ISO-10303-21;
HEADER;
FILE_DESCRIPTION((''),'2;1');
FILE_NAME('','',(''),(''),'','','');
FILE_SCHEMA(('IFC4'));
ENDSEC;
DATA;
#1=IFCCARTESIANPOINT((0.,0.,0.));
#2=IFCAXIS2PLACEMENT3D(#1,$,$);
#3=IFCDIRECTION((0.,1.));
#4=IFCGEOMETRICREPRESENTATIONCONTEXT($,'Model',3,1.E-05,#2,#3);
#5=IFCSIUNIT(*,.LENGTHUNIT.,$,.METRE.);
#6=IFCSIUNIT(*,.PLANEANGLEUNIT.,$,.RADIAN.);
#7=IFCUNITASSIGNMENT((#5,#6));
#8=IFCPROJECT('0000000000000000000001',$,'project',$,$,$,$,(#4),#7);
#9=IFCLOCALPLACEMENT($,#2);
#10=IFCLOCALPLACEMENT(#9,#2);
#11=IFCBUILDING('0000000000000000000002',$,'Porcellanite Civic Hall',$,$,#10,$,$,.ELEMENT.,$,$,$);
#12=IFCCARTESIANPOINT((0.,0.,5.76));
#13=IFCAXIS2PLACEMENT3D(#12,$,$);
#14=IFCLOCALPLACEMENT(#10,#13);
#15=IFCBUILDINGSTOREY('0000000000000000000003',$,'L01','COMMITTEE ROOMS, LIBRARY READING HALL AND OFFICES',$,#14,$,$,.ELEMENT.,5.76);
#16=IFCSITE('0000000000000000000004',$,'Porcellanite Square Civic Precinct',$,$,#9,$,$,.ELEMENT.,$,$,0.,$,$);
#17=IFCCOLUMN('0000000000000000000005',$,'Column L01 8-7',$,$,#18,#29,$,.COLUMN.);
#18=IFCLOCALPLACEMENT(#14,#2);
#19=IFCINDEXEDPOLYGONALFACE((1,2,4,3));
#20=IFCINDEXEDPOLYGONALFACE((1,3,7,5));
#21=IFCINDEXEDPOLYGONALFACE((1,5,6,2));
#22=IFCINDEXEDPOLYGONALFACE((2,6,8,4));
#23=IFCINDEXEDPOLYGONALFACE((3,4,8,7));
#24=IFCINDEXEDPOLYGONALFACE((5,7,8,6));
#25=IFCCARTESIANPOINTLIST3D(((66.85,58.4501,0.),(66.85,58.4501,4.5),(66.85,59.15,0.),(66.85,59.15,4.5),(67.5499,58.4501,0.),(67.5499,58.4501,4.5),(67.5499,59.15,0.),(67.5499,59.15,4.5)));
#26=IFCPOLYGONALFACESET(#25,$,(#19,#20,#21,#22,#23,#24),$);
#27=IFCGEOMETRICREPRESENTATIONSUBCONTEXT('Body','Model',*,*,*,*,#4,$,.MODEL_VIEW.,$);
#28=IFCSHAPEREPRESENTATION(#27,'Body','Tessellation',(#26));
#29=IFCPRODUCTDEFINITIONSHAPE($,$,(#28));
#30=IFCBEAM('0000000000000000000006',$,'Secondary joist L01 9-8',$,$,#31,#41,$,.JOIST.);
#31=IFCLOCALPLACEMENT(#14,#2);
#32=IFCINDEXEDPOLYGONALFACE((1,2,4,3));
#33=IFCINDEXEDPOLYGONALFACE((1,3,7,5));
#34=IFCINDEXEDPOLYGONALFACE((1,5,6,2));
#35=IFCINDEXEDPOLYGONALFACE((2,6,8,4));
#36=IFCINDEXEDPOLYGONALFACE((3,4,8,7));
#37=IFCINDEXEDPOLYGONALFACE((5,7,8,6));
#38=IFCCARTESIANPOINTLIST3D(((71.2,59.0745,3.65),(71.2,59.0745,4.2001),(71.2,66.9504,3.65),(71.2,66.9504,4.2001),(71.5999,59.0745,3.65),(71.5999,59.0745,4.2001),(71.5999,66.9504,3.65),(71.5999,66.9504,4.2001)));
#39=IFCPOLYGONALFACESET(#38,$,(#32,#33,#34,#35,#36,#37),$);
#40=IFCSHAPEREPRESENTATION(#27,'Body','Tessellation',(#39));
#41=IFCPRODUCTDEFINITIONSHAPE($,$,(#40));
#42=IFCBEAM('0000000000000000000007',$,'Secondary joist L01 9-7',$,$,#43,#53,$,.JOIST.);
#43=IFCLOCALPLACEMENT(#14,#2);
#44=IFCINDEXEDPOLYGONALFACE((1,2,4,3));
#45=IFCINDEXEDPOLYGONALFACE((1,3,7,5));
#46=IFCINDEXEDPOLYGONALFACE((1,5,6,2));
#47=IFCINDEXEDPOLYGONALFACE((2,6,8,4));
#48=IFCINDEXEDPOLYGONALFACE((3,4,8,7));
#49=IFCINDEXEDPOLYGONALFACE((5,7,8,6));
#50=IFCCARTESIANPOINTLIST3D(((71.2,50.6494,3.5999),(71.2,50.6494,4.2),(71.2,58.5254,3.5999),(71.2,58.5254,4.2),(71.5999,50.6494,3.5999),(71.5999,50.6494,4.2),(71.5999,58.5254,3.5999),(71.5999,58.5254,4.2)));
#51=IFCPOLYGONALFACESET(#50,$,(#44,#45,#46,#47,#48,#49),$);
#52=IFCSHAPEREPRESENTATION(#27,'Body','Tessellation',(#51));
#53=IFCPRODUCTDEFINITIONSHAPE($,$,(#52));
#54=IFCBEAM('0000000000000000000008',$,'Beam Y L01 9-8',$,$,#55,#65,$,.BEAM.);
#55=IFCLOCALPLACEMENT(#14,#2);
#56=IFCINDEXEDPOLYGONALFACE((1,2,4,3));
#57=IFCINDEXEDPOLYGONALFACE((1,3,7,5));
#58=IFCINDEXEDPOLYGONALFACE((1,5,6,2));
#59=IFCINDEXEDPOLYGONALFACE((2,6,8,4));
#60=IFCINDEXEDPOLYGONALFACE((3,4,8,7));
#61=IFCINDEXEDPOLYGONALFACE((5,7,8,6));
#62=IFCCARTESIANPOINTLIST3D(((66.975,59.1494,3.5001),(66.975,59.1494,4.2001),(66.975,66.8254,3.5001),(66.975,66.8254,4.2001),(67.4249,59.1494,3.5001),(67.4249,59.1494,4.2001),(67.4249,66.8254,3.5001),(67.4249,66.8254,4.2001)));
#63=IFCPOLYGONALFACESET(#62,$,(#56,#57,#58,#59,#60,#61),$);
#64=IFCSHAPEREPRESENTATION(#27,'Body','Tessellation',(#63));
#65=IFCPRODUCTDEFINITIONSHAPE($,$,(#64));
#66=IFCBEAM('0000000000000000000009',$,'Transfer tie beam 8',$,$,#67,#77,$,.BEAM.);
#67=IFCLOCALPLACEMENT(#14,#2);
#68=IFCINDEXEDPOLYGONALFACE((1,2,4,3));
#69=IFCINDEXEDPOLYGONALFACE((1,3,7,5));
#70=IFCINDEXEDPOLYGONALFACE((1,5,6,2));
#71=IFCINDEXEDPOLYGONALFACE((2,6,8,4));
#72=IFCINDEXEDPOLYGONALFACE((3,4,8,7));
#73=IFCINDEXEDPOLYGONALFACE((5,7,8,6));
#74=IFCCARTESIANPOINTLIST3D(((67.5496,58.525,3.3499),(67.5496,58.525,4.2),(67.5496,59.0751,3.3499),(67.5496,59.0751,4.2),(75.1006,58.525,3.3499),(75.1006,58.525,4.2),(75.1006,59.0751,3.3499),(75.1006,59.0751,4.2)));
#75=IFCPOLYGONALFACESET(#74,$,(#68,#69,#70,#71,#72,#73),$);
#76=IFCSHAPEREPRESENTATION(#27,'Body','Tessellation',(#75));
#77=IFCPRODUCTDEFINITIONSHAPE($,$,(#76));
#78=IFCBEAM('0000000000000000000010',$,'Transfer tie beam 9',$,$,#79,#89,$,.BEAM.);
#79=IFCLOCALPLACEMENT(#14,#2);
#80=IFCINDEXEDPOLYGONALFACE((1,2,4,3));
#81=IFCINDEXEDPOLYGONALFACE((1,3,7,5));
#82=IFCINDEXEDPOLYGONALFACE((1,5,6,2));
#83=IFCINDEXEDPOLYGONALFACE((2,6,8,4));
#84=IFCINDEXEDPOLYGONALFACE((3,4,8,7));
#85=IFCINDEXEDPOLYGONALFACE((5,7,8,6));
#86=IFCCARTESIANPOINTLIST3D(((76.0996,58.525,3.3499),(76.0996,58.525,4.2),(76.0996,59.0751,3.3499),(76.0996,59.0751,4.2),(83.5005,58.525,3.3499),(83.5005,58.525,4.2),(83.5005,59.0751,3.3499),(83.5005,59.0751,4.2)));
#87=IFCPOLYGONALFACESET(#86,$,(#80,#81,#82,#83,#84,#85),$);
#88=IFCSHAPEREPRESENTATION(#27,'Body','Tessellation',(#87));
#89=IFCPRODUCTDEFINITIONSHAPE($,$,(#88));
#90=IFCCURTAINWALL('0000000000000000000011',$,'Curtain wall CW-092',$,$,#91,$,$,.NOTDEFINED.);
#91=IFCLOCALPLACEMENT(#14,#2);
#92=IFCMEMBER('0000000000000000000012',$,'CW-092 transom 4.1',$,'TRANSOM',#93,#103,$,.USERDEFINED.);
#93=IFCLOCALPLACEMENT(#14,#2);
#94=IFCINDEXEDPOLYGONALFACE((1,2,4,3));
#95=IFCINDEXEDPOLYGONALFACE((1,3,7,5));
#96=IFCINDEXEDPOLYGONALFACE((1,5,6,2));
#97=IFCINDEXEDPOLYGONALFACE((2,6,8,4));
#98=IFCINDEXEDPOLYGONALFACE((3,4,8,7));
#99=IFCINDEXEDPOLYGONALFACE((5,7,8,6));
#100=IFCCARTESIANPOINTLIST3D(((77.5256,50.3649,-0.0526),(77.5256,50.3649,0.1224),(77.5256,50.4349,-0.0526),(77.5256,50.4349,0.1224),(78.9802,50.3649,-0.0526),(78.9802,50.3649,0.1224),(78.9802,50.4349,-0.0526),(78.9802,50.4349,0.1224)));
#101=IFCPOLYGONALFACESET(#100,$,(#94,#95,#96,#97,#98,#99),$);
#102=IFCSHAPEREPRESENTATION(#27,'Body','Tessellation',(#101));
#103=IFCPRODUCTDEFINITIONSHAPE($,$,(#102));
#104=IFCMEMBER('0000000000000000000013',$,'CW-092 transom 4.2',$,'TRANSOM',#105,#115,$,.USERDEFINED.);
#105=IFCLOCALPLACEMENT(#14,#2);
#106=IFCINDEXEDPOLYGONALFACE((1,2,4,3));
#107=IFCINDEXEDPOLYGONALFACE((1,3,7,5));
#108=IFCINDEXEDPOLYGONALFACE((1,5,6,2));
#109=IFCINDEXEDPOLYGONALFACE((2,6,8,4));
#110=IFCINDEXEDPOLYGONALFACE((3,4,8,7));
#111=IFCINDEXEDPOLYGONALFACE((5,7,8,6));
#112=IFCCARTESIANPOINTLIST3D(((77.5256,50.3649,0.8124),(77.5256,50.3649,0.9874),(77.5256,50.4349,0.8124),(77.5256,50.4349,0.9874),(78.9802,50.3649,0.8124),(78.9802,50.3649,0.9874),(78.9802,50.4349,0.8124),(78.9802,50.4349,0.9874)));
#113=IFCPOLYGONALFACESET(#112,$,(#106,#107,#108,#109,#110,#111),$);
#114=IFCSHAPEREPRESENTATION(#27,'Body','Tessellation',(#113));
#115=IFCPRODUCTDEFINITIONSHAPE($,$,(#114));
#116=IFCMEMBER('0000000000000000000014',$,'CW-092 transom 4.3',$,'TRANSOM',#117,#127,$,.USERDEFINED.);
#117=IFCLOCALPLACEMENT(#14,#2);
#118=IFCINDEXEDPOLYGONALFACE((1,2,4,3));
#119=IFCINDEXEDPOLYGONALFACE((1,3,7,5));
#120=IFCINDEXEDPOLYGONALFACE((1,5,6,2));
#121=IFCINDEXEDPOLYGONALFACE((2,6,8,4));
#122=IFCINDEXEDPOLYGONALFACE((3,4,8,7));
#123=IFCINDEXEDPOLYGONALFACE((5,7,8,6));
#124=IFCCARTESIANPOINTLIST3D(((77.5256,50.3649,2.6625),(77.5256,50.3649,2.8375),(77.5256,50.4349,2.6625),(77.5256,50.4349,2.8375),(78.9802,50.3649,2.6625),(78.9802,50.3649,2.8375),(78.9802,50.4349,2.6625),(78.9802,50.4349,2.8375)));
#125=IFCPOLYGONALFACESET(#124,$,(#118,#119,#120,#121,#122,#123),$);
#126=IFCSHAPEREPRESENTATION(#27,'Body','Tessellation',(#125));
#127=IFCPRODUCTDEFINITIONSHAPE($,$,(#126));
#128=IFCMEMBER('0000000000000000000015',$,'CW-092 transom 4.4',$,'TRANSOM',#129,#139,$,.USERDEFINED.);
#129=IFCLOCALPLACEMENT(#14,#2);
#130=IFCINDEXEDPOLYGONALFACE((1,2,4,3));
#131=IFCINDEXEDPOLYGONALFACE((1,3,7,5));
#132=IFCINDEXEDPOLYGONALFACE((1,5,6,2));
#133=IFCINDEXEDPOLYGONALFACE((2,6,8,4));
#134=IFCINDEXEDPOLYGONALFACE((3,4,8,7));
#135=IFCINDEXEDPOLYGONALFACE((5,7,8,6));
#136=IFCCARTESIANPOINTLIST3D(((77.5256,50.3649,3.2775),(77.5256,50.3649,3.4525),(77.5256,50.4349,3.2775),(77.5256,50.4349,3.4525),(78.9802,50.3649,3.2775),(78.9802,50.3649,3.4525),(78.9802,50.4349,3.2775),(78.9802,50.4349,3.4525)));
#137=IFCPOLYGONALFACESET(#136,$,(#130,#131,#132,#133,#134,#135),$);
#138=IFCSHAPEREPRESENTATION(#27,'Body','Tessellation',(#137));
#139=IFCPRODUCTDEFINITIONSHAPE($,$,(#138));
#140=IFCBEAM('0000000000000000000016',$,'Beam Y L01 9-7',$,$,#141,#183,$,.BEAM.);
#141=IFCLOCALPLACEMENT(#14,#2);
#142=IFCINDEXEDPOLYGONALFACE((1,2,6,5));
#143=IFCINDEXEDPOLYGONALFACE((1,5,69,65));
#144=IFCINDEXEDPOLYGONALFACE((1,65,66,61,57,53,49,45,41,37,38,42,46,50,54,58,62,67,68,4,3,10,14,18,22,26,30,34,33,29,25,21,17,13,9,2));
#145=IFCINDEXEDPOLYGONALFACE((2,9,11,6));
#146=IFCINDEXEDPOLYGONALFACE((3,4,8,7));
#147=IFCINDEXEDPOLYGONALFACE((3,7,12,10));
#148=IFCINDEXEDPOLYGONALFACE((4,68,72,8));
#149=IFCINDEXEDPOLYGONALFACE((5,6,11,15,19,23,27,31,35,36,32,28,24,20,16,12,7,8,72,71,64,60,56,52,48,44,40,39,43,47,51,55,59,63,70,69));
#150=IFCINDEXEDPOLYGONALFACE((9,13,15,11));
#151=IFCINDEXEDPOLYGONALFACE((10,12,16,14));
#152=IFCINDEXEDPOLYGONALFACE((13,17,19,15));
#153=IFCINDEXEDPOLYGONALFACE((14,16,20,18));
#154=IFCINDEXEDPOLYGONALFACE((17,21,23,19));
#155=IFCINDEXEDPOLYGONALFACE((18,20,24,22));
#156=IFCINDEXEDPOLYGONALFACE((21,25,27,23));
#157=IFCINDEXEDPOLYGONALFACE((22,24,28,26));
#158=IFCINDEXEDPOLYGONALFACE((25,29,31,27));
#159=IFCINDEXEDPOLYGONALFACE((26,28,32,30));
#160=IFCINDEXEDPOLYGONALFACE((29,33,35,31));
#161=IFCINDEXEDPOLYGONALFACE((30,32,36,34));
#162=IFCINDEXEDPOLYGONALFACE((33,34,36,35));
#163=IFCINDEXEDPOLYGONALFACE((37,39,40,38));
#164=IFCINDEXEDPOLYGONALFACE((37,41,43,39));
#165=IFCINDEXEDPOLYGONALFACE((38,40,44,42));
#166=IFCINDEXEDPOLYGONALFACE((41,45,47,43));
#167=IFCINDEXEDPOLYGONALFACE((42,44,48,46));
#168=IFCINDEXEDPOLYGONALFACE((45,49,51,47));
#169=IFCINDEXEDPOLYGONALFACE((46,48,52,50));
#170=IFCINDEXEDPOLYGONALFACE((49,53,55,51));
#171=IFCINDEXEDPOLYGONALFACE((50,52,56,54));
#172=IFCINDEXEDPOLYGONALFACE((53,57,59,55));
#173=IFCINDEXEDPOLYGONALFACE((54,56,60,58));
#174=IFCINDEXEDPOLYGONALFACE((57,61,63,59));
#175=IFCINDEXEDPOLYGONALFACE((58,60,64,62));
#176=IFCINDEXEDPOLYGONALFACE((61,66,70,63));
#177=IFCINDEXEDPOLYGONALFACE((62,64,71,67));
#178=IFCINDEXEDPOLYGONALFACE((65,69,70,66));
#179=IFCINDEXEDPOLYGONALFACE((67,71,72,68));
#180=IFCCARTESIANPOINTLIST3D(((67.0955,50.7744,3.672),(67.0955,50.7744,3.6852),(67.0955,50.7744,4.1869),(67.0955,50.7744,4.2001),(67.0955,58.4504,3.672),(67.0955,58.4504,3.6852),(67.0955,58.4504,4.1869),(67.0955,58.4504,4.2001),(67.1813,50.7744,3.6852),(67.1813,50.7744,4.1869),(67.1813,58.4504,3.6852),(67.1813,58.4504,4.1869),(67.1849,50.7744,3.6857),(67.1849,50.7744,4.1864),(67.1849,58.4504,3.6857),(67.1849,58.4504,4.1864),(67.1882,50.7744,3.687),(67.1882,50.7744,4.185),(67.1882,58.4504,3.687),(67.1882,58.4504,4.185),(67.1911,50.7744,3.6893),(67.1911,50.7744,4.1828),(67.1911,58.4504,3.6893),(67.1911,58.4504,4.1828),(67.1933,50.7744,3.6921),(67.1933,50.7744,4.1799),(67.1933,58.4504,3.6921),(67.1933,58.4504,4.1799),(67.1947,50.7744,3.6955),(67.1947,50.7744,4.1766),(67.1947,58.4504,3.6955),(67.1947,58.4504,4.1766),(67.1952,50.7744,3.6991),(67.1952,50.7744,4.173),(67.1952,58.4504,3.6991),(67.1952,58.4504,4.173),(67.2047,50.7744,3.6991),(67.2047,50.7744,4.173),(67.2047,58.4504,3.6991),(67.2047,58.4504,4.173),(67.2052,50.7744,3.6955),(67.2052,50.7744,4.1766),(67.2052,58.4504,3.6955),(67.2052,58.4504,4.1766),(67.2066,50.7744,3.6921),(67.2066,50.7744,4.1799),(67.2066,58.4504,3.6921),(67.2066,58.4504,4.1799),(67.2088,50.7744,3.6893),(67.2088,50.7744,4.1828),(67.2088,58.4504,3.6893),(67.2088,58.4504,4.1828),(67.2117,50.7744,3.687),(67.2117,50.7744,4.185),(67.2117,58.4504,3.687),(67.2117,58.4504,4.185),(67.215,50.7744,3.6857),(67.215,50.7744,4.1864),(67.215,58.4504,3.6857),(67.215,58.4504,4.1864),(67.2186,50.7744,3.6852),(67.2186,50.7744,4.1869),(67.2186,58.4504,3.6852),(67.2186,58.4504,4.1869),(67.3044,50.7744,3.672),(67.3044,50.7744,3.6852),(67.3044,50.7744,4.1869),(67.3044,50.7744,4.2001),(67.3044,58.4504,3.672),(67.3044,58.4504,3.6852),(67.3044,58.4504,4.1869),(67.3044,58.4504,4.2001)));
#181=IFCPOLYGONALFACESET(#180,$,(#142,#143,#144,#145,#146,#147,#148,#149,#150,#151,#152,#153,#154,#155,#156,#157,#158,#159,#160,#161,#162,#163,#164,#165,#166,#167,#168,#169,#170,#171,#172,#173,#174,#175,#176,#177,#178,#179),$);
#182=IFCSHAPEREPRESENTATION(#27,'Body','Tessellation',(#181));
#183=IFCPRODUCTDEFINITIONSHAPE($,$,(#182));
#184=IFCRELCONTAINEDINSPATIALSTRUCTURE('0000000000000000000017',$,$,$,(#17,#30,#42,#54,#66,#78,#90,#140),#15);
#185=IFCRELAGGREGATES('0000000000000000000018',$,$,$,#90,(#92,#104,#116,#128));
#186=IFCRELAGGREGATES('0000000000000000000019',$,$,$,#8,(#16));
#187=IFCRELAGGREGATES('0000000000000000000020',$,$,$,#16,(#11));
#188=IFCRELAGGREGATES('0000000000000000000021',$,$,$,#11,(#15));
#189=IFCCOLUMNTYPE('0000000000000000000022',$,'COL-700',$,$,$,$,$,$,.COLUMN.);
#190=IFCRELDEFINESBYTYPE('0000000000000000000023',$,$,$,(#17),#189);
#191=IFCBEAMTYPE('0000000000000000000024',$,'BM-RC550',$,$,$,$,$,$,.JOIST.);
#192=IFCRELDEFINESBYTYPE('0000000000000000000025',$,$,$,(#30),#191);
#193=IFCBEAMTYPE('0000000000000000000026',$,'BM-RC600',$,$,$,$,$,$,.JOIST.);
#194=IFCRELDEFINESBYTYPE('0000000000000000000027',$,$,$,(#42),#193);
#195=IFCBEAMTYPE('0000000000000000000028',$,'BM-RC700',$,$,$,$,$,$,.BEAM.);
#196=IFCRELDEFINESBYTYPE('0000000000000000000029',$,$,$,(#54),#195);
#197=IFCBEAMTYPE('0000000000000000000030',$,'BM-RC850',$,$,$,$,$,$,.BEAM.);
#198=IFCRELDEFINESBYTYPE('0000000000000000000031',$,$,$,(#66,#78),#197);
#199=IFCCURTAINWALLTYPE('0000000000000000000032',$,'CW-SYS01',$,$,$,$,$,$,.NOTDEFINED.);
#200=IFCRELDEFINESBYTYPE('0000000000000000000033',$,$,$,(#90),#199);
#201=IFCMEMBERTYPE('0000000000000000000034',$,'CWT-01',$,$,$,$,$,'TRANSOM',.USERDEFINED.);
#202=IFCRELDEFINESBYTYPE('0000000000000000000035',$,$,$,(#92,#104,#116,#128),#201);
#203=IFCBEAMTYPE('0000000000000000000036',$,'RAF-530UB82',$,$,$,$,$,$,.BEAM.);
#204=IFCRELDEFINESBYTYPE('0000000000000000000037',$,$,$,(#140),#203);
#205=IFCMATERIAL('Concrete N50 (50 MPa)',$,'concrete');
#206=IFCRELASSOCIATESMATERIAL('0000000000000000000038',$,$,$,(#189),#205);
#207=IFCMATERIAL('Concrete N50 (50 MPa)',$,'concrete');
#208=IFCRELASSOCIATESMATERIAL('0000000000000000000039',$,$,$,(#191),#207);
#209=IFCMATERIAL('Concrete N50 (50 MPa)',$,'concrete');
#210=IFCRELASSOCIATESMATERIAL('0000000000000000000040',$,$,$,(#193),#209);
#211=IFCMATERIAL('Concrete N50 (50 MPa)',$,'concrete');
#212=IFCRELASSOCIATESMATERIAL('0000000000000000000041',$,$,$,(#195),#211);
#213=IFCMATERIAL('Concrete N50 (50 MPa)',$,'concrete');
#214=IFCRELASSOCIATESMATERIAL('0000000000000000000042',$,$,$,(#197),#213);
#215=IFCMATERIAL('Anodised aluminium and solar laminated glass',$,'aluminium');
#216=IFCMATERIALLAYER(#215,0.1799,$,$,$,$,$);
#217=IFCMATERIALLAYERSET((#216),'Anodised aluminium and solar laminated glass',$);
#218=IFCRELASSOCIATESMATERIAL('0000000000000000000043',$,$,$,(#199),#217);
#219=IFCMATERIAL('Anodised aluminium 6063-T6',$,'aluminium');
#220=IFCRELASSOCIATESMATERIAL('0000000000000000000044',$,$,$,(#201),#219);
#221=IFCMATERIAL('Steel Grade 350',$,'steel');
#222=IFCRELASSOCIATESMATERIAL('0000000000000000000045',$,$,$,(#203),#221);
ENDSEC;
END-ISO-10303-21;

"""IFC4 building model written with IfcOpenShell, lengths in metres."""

from ifc_helpers import new_model, si_unit, direction, frame, origin, origin_2d, place, context, subcontext, project, spatial, rectangle, i_section, extrude, material, layer, layer_set, material_profile, profile_set, type_object, element, aggregate, save


model = new_model("IFC4")

# Units and contexts
model_context = context("Model", 3, precision=1e-05, world=origin(), true_north=direction((0.0, 1.0)))
body_context = subcontext(model_context, "Body", "Model", "MODEL_VIEW")
ifc_project = project(units=[si_unit("LENGTHUNIT", "METRE"), si_unit("PLANEANGLEUNIT", "RADIAN")], contexts=[model_context])

# Site, building, storey
site_placement = place(None, origin())
site = spatial("IfcSite", under=ifc_project, at=site_placement, Name="Porcellanite Square Civic Precinct", CompositionType="ELEMENT", RefElevation=0.0)
building_placement = place(site_placement, origin())
building = spatial("IfcBuilding", under=site, at=building_placement, Name="Porcellanite Civic Hall", CompositionType="ELEMENT")
storey_placement = place(building_placement, frame((0.0, 0.0, 5.76)))
storey = spatial("IfcBuildingStorey", under=building, at=storey_placement, Name="L01", Description="COMMITTEE ROOMS, LIBRARY READING HALL AND OFFICES", CompositionType="ELEMENT", Elevation=5.76)

# Column
ifc_material_1 = material(Name="Concrete N50 (50 MPa)", Category="concrete")
ifc_material_profile_1 = material_profile(ifc_material_1, rectangle(XDim=0.7, YDim=0.7, at=origin_2d()), Name="RC-700x700")
ifc_profile_set_1 = profile_set([ifc_material_profile_1], Name="Concrete N50 (50 MPa)")
column_type = type_object("IfcColumnType", Name="COL-700", PredefinedType="COLUMN", material=ifc_profile_set_1)
column_placement = place(storey_placement, frame((67.2, 58.8, 0.0), z_axis=(0.0, 0.0, 1.0), x_axis=(1.0, 0.0, 0.0)))
element("IfcColumn", 1, at=column_placement, inside=storey, type_object=column_type, Name="Column L01 8-7", PredefinedType="COLUMN", context=body_context, shape_type="SweptSolid", body=[
    extrude(rectangle(XDim=0.7, YDim=0.7, at=origin_2d()), origin(), (0.0, 0.0, 1.0), 4.5),
])

# Beams
ifc_material_2 = material(Name="Concrete N50 (50 MPa)", Category="concrete")
ifc_material_profile_2 = material_profile(ifc_material_2, rectangle(XDim=0.3999, YDim=0.55, at=origin_2d()), Name="RC-400x550")
ifc_profile_set_2 = profile_set([ifc_material_profile_2], Name="Concrete N50 (50 MPa)")
beam_type_1 = type_object("IfcBeamType", Name="BM-RC550", PredefinedType="JOIST", material=ifc_profile_set_2)
beam_1_placement = place(storey_placement, frame((71.3999, 59.0745, 3.925), z_axis=(0.0, 1.0, 0.0), x_axis=(-1.0, 0.0, 0.0)))
element("IfcBeam", 2, at=beam_1_placement, inside=storey, type_object=beam_type_1, Name="Secondary joist L01 9-8", PredefinedType="JOIST", context=body_context, shape_type="SweptSolid", body=[
    extrude(rectangle(XDim=0.3999, YDim=0.55, at=origin_2d()), origin(), (0.0, 0.0, 1.0), 7.876),
])
ifc_material_3 = material(Name="Concrete N50 (50 MPa)", Category="concrete")
ifc_material_profile_3 = material_profile(ifc_material_3, rectangle(XDim=0.3999, YDim=0.6001, at=origin_2d()), Name="RC-400x600")
ifc_profile_set_3 = profile_set([ifc_material_profile_3], Name="Concrete N50 (50 MPa)")
beam_type_2 = type_object("IfcBeamType", Name="BM-RC600", PredefinedType="JOIST", material=ifc_profile_set_3)
beam_2_placement = place(storey_placement, frame((71.3999, 50.6494, 3.8999), z_axis=(0.0, 1.0, 0.0), x_axis=(-1.0, 0.0, 0.0)))
element("IfcBeam", 3, at=beam_2_placement, inside=storey, type_object=beam_type_2, Name="Secondary joist L01 9-7", PredefinedType="JOIST", context=body_context, shape_type="SweptSolid", body=[
    extrude(rectangle(XDim=0.3999, YDim=0.6001, at=origin_2d()), origin(), (0.0, 0.0, 1.0), 7.876),
])
ifc_material_4 = material(Name="Concrete N50 (50 MPa)", Category="concrete")
ifc_material_profile_4 = material_profile(ifc_material_4, rectangle(XDim=0.45, YDim=0.7, at=origin_2d()), Name="RC-450x700")
ifc_profile_set_4 = profile_set([ifc_material_profile_4], Name="Concrete N50 (50 MPa)")
beam_type_3 = type_object("IfcBeamType", Name="BM-RC700", PredefinedType="BEAM", material=ifc_profile_set_4)
beam_3_placement = place(storey_placement, frame((67.2, 59.1494, 3.8501), z_axis=(0.0, 1.0, 0.0), x_axis=(-1.0, 0.0, 0.0)))
element("IfcBeam", 4, at=beam_3_placement, inside=storey, type_object=beam_type_3, Name="Beam Y L01 9-8", PredefinedType="BEAM", context=body_context, shape_type="SweptSolid", body=[
    extrude(rectangle(XDim=0.45, YDim=0.7, at=origin_2d()), origin(), (0.0, 0.0, 1.0), 7.676),
])
ifc_material_5 = material(Name="Concrete N50 (50 MPa)", Category="concrete")
ifc_material_profile_5 = material_profile(ifc_material_5, rectangle(XDim=0.55, YDim=0.8501, at=origin_2d()), Name="RC-550x850")
ifc_profile_set_5 = profile_set([ifc_material_profile_5], Name="Concrete N50 (50 MPa)")
beam_type_4 = type_object("IfcBeamType", Name="BM-RC850", PredefinedType="BEAM", material=ifc_profile_set_5)
beam_4_placement = place(storey_placement, frame((67.5496, 58.8, 3.7749), z_axis=(1.0, 0.0, 0.0), x_axis=(0.0, 1.0, 0.0)))
element("IfcBeam", 5, at=beam_4_placement, inside=storey, type_object=beam_type_4, Name="Transfer tie beam 8", PredefinedType="BEAM", context=body_context, shape_type="SweptSolid", body=[
    extrude(rectangle(XDim=0.55, YDim=0.8501, at=origin_2d()), origin(), (0.0, 0.0, 1.0), 7.551),
])
beam_5_placement = place(storey_placement, frame((76.0996, 58.8, 3.7749), z_axis=(1.0, 0.0, 0.0), x_axis=(0.0, 1.0, 0.0)))
element("IfcBeam", 6, at=beam_5_placement, inside=storey, type_object=beam_type_4, Name="Transfer tie beam 9", PredefinedType="BEAM", context=body_context, shape_type="SweptSolid", body=[
    extrude(rectangle(XDim=0.55, YDim=0.8501, at=origin_2d()), origin(), (0.0, 0.0, 1.0), 7.4009),
])

# Curtain wall, members
ifc_material_6 = material(Name="Anodised aluminium and solar laminated glass", Category="aluminium")
ifc_layer_1 = layer(ifc_material_6, 0.1799)
ifc_layer_set_1 = layer_set([ifc_layer_1], Name="Anodised aluminium and solar laminated glass")
curtain_wall_type = type_object("IfcCurtainWallType", Name="CW-SYS01", PredefinedType="NOTDEFINED", material=ifc_layer_set_1)
curtain_wall_placement = place(storey_placement, origin())
curtain_wall = element("IfcCurtainWall", 7, at=curtain_wall_placement, inside=storey, type_object=curtain_wall_type, Name="Curtain wall CW-092", PredefinedType="NOTDEFINED")
ifc_material_7 = material(Name="Anodised aluminium 6063-T6", Category="aluminium")
ifc_material_profile_6 = material_profile(ifc_material_7, rectangle(XDim=0.0701, YDim=0.175, at=origin_2d()), Name="AL-70x175")
ifc_profile_set_6 = profile_set([ifc_material_profile_6], Name="Anodised aluminium 6063-T6")
member_type = type_object("IfcMemberType", Name="CWT-01", ElementType="TRANSOM", PredefinedType="USERDEFINED", material=ifc_profile_set_6)
member_1_placement = place(storey_placement, frame((78.9802, 50.3999, 0.0349), z_axis=(-1.0, 0.0, 0.0), x_axis=(0.0, -1.0, 0.0)))
member_1 = element("IfcMember", 8, at=member_1_placement, type_object=member_type, Name="CW-092 transom 4.1", ObjectType="TRANSOM", PredefinedType="USERDEFINED", context=body_context, shape_type="SweptSolid", body=[
    extrude(rectangle(XDim=0.0701, YDim=0.175, at=origin_2d()), origin(), (0.0, 0.0, 1.0), 1.4546),
])
member_2_placement = place(storey_placement, frame((78.9802, 50.3999, 0.8999), z_axis=(-1.0, 0.0, 0.0), x_axis=(0.0, -1.0, 0.0)))
member_2 = element("IfcMember", 9, at=member_2_placement, type_object=member_type, Name="CW-092 transom 4.2", ObjectType="TRANSOM", PredefinedType="USERDEFINED", context=body_context, shape_type="SweptSolid", body=[
    extrude(rectangle(XDim=0.0701, YDim=0.175, at=origin_2d()), origin(), (0.0, 0.0, 1.0), 1.4546),
])
member_3_placement = place(storey_placement, frame((78.9802, 50.3999, 2.75), z_axis=(-1.0, 0.0, 0.0), x_axis=(0.0, -1.0, 0.0)))
member_3 = element("IfcMember", 10, at=member_3_placement, type_object=member_type, Name="CW-092 transom 4.3", ObjectType="TRANSOM", PredefinedType="USERDEFINED", context=body_context, shape_type="SweptSolid", body=[
    extrude(rectangle(XDim=0.0701, YDim=0.175, at=origin_2d()), origin(), (0.0, 0.0, 1.0), 1.4546),
])
member_4_placement = place(storey_placement, frame((78.9802, 50.3999, 3.365), z_axis=(-1.0, 0.0, 0.0), x_axis=(0.0, -1.0, 0.0)))
member_4 = element("IfcMember", 11, at=member_4_placement, type_object=member_type, Name="CW-092 transom 4.4", ObjectType="TRANSOM", PredefinedType="USERDEFINED", context=body_context, shape_type="SweptSolid", body=[
    extrude(rectangle(XDim=0.0701, YDim=0.175, at=origin_2d()), origin(), (0.0, 0.0, 1.0), 1.4546),
])

# Beam
ifc_material_8 = material(Name="Steel Grade 350", Category="steel")
ifc_material_profile_7 = material_profile(ifc_material_8, i_section(OverallWidth=0.209, OverallDepth=0.5281, WebThickness=0.0095, FlangeThickness=0.0132, FilletRadius=0.0139, at=origin_2d()), Name="530UB82.0")
ifc_profile_set_7 = profile_set([ifc_material_profile_7], Name="Steel Grade 350")
beam_type_5 = type_object("IfcBeamType", Name="RAF-530UB82", PredefinedType="BEAM", material=ifc_profile_set_7)
beam_6_placement = place(storey_placement, frame((67.2, 50.7744, 3.936), z_axis=(0.0, 1.0, 0.0), x_axis=(-1.0, 0.0, 0.0)))
element("IfcBeam", 12, at=beam_6_placement, inside=storey, type_object=beam_type_5, Name="Beam Y L01 9-7", PredefinedType="BEAM", context=body_context, shape_type="SweptSolid", body=[
    extrude(i_section(OverallWidth=0.209, OverallDepth=0.5281, WebThickness=0.0095, FlangeThickness=0.0132, FilletRadius=0.0139, at=origin_2d()), origin(), (0.0, 0.0, 1.0), 7.676),
])

aggregate(curtain_wall, [member_1, member_2, member_3, member_4])

save(model, "model.ifc")
